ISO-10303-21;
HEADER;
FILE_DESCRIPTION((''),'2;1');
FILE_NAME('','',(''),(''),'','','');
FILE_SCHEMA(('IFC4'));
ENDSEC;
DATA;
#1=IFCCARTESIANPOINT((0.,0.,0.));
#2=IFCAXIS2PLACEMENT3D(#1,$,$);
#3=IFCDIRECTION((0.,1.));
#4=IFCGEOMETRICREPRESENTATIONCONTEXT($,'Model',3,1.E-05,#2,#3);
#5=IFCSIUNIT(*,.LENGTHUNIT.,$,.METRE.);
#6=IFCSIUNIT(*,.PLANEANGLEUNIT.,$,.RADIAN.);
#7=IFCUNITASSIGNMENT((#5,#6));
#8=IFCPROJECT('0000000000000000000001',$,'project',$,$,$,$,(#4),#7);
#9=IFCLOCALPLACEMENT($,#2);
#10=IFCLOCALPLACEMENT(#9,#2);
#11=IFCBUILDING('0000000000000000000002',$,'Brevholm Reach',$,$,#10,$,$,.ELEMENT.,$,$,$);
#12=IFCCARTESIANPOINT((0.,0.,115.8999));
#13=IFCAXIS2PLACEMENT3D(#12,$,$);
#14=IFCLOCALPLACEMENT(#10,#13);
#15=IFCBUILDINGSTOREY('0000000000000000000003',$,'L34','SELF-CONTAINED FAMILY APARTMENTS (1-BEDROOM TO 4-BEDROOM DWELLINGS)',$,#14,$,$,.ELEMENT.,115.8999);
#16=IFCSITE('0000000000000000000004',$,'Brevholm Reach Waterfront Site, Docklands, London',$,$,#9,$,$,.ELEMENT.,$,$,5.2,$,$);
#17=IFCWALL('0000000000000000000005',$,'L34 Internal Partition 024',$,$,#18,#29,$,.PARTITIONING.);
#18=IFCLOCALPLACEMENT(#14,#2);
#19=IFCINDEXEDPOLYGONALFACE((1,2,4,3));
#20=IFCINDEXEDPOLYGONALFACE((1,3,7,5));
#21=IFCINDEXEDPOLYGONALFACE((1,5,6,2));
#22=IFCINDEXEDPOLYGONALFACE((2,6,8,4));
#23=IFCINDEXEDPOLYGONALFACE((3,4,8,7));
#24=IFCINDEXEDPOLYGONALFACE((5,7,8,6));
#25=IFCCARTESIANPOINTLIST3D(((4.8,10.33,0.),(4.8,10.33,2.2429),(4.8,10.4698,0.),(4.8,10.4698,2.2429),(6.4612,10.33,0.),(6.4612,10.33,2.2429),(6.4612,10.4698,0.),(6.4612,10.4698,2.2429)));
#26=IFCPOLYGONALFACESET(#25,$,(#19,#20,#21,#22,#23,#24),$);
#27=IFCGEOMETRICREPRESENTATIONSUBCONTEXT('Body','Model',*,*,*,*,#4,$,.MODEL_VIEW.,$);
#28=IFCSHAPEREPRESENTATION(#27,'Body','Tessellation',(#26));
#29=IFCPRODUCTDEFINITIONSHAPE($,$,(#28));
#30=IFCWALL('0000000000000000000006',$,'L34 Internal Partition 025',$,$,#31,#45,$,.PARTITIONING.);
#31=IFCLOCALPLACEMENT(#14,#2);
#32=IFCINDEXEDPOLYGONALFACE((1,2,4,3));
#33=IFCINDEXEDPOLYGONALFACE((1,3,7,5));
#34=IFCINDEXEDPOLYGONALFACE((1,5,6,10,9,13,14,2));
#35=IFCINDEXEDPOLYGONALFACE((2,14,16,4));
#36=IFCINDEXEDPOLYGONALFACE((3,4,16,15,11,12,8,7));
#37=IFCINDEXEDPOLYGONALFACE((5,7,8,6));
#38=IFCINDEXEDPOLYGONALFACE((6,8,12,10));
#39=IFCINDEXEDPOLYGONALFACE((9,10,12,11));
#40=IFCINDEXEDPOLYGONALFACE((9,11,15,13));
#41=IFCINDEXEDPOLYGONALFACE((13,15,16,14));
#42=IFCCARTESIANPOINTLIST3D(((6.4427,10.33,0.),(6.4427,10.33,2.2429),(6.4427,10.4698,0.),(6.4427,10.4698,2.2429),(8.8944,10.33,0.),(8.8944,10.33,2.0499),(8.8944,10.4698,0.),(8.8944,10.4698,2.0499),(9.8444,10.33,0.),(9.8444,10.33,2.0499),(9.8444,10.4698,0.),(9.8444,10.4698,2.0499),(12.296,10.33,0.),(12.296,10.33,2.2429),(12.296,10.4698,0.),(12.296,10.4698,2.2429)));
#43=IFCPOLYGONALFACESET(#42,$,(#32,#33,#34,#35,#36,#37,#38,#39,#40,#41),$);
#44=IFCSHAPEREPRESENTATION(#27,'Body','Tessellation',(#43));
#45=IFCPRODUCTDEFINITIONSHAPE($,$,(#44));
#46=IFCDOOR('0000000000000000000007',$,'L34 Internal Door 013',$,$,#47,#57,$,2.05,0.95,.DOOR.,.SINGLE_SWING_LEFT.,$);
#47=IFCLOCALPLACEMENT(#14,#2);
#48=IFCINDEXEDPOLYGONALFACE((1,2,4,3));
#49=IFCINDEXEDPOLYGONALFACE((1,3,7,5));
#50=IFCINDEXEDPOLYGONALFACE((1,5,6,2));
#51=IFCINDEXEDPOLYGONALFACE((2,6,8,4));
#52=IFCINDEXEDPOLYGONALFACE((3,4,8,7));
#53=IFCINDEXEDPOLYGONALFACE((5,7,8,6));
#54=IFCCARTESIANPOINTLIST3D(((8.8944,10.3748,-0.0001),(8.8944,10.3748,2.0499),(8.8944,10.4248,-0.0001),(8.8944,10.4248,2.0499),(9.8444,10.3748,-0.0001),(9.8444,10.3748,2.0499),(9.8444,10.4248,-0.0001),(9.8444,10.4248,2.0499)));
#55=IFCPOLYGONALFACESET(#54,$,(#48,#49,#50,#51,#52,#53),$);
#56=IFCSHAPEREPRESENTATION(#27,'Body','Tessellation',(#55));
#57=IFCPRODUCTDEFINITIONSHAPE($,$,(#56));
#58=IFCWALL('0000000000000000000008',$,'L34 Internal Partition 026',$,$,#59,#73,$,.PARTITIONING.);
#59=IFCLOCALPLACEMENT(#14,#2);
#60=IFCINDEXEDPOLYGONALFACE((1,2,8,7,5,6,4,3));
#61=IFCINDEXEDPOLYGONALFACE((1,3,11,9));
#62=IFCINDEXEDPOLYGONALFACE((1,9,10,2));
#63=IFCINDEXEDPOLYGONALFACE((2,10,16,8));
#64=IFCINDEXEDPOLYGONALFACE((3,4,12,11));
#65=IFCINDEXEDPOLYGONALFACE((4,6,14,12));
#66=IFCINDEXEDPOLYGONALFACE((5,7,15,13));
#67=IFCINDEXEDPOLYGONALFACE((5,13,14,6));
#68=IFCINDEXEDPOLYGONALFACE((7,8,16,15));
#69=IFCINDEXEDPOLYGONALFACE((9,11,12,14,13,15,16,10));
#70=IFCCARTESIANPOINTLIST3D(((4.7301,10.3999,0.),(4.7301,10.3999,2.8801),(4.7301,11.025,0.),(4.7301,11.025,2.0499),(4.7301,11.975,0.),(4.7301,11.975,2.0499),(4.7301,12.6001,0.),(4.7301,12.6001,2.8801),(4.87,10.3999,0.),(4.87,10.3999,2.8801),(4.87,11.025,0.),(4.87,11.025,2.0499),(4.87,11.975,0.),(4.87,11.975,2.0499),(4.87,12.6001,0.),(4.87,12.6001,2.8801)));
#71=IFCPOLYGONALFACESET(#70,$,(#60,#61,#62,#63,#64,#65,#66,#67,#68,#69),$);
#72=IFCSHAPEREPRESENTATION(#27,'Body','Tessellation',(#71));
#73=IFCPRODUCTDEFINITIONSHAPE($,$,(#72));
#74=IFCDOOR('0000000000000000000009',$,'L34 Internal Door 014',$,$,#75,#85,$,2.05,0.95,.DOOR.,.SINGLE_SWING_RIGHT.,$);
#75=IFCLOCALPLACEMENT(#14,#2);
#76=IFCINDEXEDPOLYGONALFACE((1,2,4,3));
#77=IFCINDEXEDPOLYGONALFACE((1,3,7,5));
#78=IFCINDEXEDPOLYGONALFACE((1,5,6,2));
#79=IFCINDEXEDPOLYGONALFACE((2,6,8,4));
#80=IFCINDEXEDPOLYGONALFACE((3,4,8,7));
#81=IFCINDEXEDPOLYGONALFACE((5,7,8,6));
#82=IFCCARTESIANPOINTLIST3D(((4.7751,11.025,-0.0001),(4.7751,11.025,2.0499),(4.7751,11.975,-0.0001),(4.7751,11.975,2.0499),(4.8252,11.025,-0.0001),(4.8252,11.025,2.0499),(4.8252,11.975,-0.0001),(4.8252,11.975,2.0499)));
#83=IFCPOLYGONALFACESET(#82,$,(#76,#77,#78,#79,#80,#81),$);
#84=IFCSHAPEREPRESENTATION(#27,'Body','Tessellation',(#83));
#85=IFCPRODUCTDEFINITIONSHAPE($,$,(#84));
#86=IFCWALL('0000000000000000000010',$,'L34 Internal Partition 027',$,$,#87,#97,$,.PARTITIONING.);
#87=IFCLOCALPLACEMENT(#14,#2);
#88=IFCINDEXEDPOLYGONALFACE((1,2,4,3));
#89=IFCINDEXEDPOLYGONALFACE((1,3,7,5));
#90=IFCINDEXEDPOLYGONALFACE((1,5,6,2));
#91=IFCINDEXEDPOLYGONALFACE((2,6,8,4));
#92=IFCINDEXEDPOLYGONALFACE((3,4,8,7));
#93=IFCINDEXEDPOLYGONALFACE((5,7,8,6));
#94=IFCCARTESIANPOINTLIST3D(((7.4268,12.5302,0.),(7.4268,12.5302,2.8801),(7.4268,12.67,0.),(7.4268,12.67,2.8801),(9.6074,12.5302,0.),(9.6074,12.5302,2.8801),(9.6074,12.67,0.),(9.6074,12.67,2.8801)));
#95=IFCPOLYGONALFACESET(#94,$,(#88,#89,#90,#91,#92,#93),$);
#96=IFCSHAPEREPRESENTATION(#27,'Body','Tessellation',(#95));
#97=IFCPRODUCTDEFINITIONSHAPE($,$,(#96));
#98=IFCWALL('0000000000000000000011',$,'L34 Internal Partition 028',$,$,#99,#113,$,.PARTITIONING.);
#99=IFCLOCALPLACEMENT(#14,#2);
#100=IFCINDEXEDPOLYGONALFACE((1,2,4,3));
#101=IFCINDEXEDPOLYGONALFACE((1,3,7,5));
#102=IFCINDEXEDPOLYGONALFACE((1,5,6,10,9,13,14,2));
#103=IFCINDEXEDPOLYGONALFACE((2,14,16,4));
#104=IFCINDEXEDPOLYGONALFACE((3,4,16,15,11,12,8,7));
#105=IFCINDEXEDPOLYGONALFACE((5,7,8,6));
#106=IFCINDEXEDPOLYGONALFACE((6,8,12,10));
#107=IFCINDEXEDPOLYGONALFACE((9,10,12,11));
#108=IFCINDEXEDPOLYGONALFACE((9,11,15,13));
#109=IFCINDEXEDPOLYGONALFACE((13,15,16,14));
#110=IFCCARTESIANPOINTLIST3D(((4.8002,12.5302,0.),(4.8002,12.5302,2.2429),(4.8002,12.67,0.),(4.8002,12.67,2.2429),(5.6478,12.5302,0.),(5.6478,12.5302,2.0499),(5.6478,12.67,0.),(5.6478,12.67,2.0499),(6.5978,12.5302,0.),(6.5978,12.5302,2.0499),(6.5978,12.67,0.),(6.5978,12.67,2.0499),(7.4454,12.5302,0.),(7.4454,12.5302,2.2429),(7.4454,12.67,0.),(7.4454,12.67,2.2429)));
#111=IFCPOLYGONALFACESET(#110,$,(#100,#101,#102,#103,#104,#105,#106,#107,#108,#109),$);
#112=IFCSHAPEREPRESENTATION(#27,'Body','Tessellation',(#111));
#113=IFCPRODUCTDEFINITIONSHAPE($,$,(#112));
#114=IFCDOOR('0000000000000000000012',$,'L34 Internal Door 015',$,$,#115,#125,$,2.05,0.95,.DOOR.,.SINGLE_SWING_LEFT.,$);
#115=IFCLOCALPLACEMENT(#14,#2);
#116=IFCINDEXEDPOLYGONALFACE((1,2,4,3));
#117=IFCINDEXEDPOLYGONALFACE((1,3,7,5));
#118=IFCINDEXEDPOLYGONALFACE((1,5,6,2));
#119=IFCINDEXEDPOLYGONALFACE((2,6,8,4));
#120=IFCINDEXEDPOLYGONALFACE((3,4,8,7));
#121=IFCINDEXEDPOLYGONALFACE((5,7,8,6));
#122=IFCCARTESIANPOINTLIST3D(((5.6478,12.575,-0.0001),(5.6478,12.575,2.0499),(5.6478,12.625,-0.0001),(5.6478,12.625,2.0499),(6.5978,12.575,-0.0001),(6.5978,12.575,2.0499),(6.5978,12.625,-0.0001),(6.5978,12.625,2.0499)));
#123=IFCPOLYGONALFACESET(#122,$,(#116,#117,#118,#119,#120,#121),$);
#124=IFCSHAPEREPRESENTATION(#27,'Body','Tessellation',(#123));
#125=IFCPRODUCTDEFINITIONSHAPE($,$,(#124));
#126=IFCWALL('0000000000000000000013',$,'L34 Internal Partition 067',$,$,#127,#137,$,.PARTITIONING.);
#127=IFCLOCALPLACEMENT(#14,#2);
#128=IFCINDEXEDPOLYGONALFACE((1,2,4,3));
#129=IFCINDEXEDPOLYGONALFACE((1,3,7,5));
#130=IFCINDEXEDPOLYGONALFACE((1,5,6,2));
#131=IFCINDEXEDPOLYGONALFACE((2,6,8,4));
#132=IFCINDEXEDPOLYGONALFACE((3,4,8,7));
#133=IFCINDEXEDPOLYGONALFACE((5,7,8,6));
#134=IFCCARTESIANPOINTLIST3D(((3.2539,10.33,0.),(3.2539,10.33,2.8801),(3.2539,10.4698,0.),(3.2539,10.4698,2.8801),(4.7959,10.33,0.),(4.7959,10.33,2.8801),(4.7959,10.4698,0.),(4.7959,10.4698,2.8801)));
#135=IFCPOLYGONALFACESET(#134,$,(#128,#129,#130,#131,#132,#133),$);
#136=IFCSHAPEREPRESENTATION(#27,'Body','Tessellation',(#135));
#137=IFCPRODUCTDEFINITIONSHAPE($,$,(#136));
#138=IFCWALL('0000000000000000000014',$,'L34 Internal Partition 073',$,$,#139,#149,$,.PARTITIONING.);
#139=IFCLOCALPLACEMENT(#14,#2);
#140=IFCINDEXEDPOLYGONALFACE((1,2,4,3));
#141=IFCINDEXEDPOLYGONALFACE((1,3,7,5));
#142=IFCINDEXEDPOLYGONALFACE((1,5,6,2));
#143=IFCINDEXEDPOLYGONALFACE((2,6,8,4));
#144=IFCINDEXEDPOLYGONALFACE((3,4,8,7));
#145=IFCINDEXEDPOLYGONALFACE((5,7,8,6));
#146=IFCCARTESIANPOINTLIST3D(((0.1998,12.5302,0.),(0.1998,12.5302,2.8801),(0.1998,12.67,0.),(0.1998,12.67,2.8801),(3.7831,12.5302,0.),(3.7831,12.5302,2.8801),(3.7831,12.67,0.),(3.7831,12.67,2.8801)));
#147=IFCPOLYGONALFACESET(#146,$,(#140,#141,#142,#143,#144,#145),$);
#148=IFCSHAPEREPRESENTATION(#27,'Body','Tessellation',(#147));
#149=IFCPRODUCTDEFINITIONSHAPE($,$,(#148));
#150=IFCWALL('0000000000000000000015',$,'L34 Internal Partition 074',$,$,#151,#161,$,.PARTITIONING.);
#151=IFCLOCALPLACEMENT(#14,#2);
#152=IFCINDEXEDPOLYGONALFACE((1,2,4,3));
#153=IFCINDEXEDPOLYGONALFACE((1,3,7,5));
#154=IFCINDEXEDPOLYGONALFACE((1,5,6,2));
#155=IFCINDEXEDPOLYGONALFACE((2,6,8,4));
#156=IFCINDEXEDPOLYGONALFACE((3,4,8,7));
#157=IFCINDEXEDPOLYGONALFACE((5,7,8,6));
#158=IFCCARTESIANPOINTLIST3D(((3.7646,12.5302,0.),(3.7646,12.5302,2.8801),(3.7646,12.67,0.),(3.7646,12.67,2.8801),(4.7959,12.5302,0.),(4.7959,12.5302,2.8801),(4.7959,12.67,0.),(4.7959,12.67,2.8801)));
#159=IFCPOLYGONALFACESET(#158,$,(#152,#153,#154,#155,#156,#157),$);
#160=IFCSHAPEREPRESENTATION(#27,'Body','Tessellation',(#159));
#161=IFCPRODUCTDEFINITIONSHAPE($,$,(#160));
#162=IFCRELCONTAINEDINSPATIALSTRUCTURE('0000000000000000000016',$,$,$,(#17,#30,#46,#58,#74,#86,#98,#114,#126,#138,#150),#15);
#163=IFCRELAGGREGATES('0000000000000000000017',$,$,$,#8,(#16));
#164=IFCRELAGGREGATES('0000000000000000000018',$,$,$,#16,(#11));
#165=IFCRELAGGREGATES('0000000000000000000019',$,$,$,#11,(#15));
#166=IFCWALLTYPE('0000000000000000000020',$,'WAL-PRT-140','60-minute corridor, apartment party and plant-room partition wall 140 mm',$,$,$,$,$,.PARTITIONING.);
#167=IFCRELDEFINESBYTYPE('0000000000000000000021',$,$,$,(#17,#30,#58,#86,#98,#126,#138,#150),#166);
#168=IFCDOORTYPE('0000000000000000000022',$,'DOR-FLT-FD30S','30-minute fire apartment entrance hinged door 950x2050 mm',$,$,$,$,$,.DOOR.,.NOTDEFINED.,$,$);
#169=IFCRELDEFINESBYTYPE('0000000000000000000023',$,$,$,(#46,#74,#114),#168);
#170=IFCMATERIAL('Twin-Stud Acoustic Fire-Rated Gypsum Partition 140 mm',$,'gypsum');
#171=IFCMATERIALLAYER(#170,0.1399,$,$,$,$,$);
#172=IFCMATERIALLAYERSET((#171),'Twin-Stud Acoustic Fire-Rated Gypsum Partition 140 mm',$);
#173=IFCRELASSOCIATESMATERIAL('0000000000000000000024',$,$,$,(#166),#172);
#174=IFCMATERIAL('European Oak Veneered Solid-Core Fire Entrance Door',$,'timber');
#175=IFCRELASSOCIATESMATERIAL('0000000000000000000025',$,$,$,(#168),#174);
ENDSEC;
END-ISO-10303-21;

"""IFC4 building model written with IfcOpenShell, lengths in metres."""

from ifc_helpers import new_model, si_unit, direction, frame, frame_2d, origin, place, context, subcontext, project, spatial, rectangle, extrude, material, layer, layer_set, type_object, element, fill, save


model = new_model("IFC4")

# Units and contexts
model_context = context("Model", 3, precision=1e-05, world=origin(), true_north=direction((0.0, 1.0)))
body_context = subcontext(model_context, "Body", "Model", "MODEL_VIEW")
ifc_project = project(units=[si_unit("LENGTHUNIT", "METRE"), si_unit("PLANEANGLEUNIT", "RADIAN")], contexts=[model_context])

# Site, building, storey
site_placement = place(None, origin())
site = spatial("IfcSite", under=ifc_project, at=site_placement, Name="Brevholm Reach Waterfront Site, Docklands, London", CompositionType="ELEMENT", RefElevation=5.2)
building_placement = place(site_placement, origin())
building = spatial("IfcBuilding", under=site, at=building_placement, Name="Brevholm Reach", CompositionType="ELEMENT")
storey_placement = place(building_placement, frame((0.0, 0.0, 115.8999)))
storey = spatial("IfcBuildingStorey", under=building, at=storey_placement, Name="L34", Description="SELF-CONTAINED FAMILY APARTMENTS (1-BEDROOM TO 4-BEDROOM DWELLINGS)", CompositionType="ELEMENT", Elevation=115.8999)

# Wall
ifc_material_1 = material(Name="Twin-Stud Acoustic Fire-Rated Gypsum Partition 140 mm", Category="gypsum")
ifc_layer_1 = layer(ifc_material_1, 0.1399)
ifc_layer_set_1 = layer_set([ifc_layer_1], Name="Twin-Stud Acoustic Fire-Rated Gypsum Partition 140 mm")
wall_type_1 = type_object("IfcWallType", Name="WAL-PRT-140", Description="60-minute corridor, apartment party and plant-room partition wall 140 mm", PredefinedType="PARTITIONING", material=ifc_layer_set_1)
wall_1_placement = place(storey_placement, frame((4.8, 10.3999, 0.0), z_axis=(0.0, 0.0, 1.0), x_axis=(1.0, 0.0, 0.0)))
element("IfcWall", 1, at=wall_1_placement, inside=storey, type_object=wall_type_1, Name="L34 Internal Partition 024", PredefinedType="PARTITIONING", context=body_context, shape_type="SweptSolid", body=[
    extrude(rectangle(XDim=1.6611, YDim=0.1399, at=frame_2d((0.8306, 0.0))), origin(), (0.0, 0.0, 1.0), 2.2429),
])

# Walls, openings, doors
wall_2_placement = place(storey_placement, frame((6.4426, 10.3999, 0.0), z_axis=(0.0, 0.0, 1.0), x_axis=(1.0, 0.0, 0.0)))
wall_2 = element("IfcWall", 2, at=wall_2_placement, inside=storey, type_object=wall_type_1, Name="L34 Internal Partition 025", PredefinedType="PARTITIONING", context=body_context, shape_type="SweptSolid", body=[
    extrude(rectangle(XDim=5.8533, YDim=0.1399, at=frame_2d((2.9268, 0.0))), origin(), (0.0, 0.0, 1.0), 2.2429),
])
opening_1_placement = place(wall_2_placement, frame((2.4517, 0.0, 0.0)))
opening_1 = element("IfcOpeningElement", 3, at=opening_1_placement, cuts=wall_2, PredefinedType="OPENING", context=body_context, shape_type="SweptSolid", body=[
    extrude(rectangle(XDim=0.95, YDim=2.05, at=frame_2d((0.4751, 1.0249))), frame((0.0, 0.0798, 0.0), z_axis=(0.0, -1.0, 0.0), x_axis=(1.0, 0.0, 0.0)), (0.0, 0.0, 1.0), 0.1599),
])
ifc_material_2 = material(Name="European Oak Veneered Solid-Core Fire Entrance Door", Category="timber")
door_type_1 = type_object("IfcDoorType", Name="DOR-FLT-FD30S", Description="30-minute fire apartment entrance hinged door 950x2050 mm", OperationType="NOTDEFINED", PredefinedType="DOOR", material=ifc_material_2)
door_1_placement = place(opening_1_placement, origin())
door_1 = element("IfcDoor", 4, at=door_1_placement, inside=storey, type_object=door_type_1, Name="L34 Internal Door 013", OperationType="SINGLE_SWING_LEFT", OverallHeight=2.05, OverallWidth=0.95, PredefinedType="DOOR", context=body_context, shape_type="SweptSolid", body=[
    extrude(rectangle(XDim=0.95, YDim=2.05, at=frame_2d((0.4751, 1.0249))), frame((0.0, 0.0249, 0.0), z_axis=(0.0, -1.0, 0.0), x_axis=(1.0, 0.0, 0.0)), (0.0, 0.0, 1.0), 0.05),
])
fill(opening_1, door_1)
wall_3_placement = place(storey_placement, frame((4.8, 10.3999, 0.0), z_axis=(0.0, 0.0, 1.0), x_axis=(0.0, 1.0, 0.0)))
wall_3 = element("IfcWall", 5, at=wall_3_placement, inside=storey, type_object=wall_type_1, Name="L34 Internal Partition 026", PredefinedType="PARTITIONING", context=body_context, shape_type="SweptSolid", body=[
    extrude(rectangle(XDim=2.2002, YDim=0.1399, at=frame_2d((1.1001, 0.0))), origin(), (0.0, 0.0, 1.0), 2.8801),
])
opening_2_placement = place(wall_3_placement, frame((0.625, 0.0, 0.0)))
opening_2 = element("IfcOpeningElement", 6, at=opening_2_placement, cuts=wall_3, PredefinedType="OPENING", context=body_context, shape_type="SweptSolid", body=[
    extrude(rectangle(XDim=0.95, YDim=2.05, at=frame_2d((0.4751, 1.0249))), frame((0.0, 0.0798, 0.0), z_axis=(0.0, -1.0, 0.0), x_axis=(1.0, 0.0, 0.0)), (0.0, 0.0, 1.0), 0.1599),
])
door_2_placement = place(opening_2_placement, origin())
door_2 = element("IfcDoor", 7, at=door_2_placement, inside=storey, type_object=door_type_1, Name="L34 Internal Door 014", OperationType="SINGLE_SWING_RIGHT", OverallHeight=2.05, OverallWidth=0.95, PredefinedType="DOOR", context=body_context, shape_type="SweptSolid", body=[
    extrude(rectangle(XDim=0.95, YDim=2.05, at=frame_2d((0.4751, 1.0249))), frame((0.0, 0.0249, 0.0), z_axis=(0.0, -1.0, 0.0), x_axis=(1.0, 0.0, 0.0)), (0.0, 0.0, 1.0), 0.05),
])
fill(opening_2, door_2)

# Wall
wall_4_placement = place(storey_placement, frame((7.4268, 12.6001, 0.0), z_axis=(0.0, 0.0, 1.0), x_axis=(1.0, 0.0, 0.0)))
element("IfcWall", 8, at=wall_4_placement, inside=storey, type_object=wall_type_1, Name="L34 Internal Partition 027", PredefinedType="PARTITIONING", context=body_context, shape_type="SweptSolid", body=[
    extrude(rectangle(XDim=2.1807, YDim=0.1399, at=frame_2d((1.0903, 0.0))), origin(), (0.0, 0.0, 1.0), 2.8801),
])

# Wall, opening, door
wall_5_placement = place(storey_placement, frame((4.8, 12.6001, 0.0), z_axis=(0.0, 0.0, 1.0), x_axis=(1.0, 0.0, 0.0)))
wall_5 = element("IfcWall", 9, at=wall_5_placement, inside=storey, type_object=wall_type_1, Name="L34 Internal Partition 028", PredefinedType="PARTITIONING", context=body_context, shape_type="SweptSolid", body=[
    extrude(rectangle(XDim=2.6453, YDim=0.1399, at=frame_2d((1.3228, 0.0))), origin(), (0.0, 0.0, 1.0), 2.2429),
])
opening_3_placement = place(wall_5_placement, frame((0.8477, 0.0, 0.0)))
opening_3 = element("IfcOpeningElement", 10, at=opening_3_placement, cuts=wall_5, PredefinedType="OPENING", context=body_context, shape_type="SweptSolid", body=[
    extrude(rectangle(XDim=0.95, YDim=2.05, at=frame_2d((0.4751, 1.0249))), frame((0.0, 0.0798, 0.0), z_axis=(0.0, -1.0, 0.0), x_axis=(1.0, 0.0, 0.0)), (0.0, 0.0, 1.0), 0.1599),
])
door_3_placement = place(opening_3_placement, origin())
door_3 = element("IfcDoor", 11, at=door_3_placement, inside=storey, type_object=door_type_1, Name="L34 Internal Door 015", OperationType="SINGLE_SWING_LEFT", OverallHeight=2.05, OverallWidth=0.95, PredefinedType="DOOR", context=body_context, shape_type="SweptSolid", body=[
    extrude(rectangle(XDim=0.95, YDim=2.05, at=frame_2d((0.4751, 1.0249))), frame((0.0, 0.0249, 0.0), z_axis=(0.0, -1.0, 0.0), x_axis=(1.0, 0.0, 0.0)), (0.0, 0.0, 1.0), 0.05),
])
fill(opening_3, door_3)

# Walls
wall_6_placement = place(storey_placement, frame((3.2539, 10.3999, 0.0), z_axis=(0.0, 0.0, 1.0), x_axis=(1.0, 0.0, 0.0)))
element("IfcWall", 12, at=wall_6_placement, inside=storey, type_object=wall_type_1, Name="L34 Internal Partition 067", PredefinedType="PARTITIONING", context=body_context, shape_type="SweptSolid", body=[
    extrude(rectangle(XDim=1.542, YDim=0.1399, at=frame_2d((0.771, 0.0))), origin(), (0.0, 0.0, 1.0), 2.8801),
])
wall_7_placement = place(storey_placement, frame((0.2, 12.6001, 0.0), z_axis=(0.0, 0.0, 1.0), x_axis=(1.0, 0.0, 0.0)))
element("IfcWall", 13, at=wall_7_placement, inside=storey, type_object=wall_type_1, Name="L34 Internal Partition 073", PredefinedType="PARTITIONING", context=body_context, shape_type="SweptSolid", body=[
    extrude(rectangle(XDim=3.5833, YDim=0.1399, at=frame_2d((1.7915, 0.0))), origin(), (0.0, 0.0, 1.0), 2.8801),
])
wall_8_placement = place(storey_placement, frame((3.7646, 12.6001, 0.0), z_axis=(0.0, 0.0, 1.0), x_axis=(1.0, 0.0, 0.0)))
element("IfcWall", 14, at=wall_8_placement, inside=storey, type_object=wall_type_1, Name="L34 Internal Partition 074", PredefinedType="PARTITIONING", context=body_context, shape_type="SweptSolid", body=[
    extrude(rectangle(XDim=1.0312, YDim=0.1399, at=frame_2d((0.5156, 0.0))), origin(), (0.0, 0.0, 1.0), 2.8801),
])

save(model, "model.ifc")
